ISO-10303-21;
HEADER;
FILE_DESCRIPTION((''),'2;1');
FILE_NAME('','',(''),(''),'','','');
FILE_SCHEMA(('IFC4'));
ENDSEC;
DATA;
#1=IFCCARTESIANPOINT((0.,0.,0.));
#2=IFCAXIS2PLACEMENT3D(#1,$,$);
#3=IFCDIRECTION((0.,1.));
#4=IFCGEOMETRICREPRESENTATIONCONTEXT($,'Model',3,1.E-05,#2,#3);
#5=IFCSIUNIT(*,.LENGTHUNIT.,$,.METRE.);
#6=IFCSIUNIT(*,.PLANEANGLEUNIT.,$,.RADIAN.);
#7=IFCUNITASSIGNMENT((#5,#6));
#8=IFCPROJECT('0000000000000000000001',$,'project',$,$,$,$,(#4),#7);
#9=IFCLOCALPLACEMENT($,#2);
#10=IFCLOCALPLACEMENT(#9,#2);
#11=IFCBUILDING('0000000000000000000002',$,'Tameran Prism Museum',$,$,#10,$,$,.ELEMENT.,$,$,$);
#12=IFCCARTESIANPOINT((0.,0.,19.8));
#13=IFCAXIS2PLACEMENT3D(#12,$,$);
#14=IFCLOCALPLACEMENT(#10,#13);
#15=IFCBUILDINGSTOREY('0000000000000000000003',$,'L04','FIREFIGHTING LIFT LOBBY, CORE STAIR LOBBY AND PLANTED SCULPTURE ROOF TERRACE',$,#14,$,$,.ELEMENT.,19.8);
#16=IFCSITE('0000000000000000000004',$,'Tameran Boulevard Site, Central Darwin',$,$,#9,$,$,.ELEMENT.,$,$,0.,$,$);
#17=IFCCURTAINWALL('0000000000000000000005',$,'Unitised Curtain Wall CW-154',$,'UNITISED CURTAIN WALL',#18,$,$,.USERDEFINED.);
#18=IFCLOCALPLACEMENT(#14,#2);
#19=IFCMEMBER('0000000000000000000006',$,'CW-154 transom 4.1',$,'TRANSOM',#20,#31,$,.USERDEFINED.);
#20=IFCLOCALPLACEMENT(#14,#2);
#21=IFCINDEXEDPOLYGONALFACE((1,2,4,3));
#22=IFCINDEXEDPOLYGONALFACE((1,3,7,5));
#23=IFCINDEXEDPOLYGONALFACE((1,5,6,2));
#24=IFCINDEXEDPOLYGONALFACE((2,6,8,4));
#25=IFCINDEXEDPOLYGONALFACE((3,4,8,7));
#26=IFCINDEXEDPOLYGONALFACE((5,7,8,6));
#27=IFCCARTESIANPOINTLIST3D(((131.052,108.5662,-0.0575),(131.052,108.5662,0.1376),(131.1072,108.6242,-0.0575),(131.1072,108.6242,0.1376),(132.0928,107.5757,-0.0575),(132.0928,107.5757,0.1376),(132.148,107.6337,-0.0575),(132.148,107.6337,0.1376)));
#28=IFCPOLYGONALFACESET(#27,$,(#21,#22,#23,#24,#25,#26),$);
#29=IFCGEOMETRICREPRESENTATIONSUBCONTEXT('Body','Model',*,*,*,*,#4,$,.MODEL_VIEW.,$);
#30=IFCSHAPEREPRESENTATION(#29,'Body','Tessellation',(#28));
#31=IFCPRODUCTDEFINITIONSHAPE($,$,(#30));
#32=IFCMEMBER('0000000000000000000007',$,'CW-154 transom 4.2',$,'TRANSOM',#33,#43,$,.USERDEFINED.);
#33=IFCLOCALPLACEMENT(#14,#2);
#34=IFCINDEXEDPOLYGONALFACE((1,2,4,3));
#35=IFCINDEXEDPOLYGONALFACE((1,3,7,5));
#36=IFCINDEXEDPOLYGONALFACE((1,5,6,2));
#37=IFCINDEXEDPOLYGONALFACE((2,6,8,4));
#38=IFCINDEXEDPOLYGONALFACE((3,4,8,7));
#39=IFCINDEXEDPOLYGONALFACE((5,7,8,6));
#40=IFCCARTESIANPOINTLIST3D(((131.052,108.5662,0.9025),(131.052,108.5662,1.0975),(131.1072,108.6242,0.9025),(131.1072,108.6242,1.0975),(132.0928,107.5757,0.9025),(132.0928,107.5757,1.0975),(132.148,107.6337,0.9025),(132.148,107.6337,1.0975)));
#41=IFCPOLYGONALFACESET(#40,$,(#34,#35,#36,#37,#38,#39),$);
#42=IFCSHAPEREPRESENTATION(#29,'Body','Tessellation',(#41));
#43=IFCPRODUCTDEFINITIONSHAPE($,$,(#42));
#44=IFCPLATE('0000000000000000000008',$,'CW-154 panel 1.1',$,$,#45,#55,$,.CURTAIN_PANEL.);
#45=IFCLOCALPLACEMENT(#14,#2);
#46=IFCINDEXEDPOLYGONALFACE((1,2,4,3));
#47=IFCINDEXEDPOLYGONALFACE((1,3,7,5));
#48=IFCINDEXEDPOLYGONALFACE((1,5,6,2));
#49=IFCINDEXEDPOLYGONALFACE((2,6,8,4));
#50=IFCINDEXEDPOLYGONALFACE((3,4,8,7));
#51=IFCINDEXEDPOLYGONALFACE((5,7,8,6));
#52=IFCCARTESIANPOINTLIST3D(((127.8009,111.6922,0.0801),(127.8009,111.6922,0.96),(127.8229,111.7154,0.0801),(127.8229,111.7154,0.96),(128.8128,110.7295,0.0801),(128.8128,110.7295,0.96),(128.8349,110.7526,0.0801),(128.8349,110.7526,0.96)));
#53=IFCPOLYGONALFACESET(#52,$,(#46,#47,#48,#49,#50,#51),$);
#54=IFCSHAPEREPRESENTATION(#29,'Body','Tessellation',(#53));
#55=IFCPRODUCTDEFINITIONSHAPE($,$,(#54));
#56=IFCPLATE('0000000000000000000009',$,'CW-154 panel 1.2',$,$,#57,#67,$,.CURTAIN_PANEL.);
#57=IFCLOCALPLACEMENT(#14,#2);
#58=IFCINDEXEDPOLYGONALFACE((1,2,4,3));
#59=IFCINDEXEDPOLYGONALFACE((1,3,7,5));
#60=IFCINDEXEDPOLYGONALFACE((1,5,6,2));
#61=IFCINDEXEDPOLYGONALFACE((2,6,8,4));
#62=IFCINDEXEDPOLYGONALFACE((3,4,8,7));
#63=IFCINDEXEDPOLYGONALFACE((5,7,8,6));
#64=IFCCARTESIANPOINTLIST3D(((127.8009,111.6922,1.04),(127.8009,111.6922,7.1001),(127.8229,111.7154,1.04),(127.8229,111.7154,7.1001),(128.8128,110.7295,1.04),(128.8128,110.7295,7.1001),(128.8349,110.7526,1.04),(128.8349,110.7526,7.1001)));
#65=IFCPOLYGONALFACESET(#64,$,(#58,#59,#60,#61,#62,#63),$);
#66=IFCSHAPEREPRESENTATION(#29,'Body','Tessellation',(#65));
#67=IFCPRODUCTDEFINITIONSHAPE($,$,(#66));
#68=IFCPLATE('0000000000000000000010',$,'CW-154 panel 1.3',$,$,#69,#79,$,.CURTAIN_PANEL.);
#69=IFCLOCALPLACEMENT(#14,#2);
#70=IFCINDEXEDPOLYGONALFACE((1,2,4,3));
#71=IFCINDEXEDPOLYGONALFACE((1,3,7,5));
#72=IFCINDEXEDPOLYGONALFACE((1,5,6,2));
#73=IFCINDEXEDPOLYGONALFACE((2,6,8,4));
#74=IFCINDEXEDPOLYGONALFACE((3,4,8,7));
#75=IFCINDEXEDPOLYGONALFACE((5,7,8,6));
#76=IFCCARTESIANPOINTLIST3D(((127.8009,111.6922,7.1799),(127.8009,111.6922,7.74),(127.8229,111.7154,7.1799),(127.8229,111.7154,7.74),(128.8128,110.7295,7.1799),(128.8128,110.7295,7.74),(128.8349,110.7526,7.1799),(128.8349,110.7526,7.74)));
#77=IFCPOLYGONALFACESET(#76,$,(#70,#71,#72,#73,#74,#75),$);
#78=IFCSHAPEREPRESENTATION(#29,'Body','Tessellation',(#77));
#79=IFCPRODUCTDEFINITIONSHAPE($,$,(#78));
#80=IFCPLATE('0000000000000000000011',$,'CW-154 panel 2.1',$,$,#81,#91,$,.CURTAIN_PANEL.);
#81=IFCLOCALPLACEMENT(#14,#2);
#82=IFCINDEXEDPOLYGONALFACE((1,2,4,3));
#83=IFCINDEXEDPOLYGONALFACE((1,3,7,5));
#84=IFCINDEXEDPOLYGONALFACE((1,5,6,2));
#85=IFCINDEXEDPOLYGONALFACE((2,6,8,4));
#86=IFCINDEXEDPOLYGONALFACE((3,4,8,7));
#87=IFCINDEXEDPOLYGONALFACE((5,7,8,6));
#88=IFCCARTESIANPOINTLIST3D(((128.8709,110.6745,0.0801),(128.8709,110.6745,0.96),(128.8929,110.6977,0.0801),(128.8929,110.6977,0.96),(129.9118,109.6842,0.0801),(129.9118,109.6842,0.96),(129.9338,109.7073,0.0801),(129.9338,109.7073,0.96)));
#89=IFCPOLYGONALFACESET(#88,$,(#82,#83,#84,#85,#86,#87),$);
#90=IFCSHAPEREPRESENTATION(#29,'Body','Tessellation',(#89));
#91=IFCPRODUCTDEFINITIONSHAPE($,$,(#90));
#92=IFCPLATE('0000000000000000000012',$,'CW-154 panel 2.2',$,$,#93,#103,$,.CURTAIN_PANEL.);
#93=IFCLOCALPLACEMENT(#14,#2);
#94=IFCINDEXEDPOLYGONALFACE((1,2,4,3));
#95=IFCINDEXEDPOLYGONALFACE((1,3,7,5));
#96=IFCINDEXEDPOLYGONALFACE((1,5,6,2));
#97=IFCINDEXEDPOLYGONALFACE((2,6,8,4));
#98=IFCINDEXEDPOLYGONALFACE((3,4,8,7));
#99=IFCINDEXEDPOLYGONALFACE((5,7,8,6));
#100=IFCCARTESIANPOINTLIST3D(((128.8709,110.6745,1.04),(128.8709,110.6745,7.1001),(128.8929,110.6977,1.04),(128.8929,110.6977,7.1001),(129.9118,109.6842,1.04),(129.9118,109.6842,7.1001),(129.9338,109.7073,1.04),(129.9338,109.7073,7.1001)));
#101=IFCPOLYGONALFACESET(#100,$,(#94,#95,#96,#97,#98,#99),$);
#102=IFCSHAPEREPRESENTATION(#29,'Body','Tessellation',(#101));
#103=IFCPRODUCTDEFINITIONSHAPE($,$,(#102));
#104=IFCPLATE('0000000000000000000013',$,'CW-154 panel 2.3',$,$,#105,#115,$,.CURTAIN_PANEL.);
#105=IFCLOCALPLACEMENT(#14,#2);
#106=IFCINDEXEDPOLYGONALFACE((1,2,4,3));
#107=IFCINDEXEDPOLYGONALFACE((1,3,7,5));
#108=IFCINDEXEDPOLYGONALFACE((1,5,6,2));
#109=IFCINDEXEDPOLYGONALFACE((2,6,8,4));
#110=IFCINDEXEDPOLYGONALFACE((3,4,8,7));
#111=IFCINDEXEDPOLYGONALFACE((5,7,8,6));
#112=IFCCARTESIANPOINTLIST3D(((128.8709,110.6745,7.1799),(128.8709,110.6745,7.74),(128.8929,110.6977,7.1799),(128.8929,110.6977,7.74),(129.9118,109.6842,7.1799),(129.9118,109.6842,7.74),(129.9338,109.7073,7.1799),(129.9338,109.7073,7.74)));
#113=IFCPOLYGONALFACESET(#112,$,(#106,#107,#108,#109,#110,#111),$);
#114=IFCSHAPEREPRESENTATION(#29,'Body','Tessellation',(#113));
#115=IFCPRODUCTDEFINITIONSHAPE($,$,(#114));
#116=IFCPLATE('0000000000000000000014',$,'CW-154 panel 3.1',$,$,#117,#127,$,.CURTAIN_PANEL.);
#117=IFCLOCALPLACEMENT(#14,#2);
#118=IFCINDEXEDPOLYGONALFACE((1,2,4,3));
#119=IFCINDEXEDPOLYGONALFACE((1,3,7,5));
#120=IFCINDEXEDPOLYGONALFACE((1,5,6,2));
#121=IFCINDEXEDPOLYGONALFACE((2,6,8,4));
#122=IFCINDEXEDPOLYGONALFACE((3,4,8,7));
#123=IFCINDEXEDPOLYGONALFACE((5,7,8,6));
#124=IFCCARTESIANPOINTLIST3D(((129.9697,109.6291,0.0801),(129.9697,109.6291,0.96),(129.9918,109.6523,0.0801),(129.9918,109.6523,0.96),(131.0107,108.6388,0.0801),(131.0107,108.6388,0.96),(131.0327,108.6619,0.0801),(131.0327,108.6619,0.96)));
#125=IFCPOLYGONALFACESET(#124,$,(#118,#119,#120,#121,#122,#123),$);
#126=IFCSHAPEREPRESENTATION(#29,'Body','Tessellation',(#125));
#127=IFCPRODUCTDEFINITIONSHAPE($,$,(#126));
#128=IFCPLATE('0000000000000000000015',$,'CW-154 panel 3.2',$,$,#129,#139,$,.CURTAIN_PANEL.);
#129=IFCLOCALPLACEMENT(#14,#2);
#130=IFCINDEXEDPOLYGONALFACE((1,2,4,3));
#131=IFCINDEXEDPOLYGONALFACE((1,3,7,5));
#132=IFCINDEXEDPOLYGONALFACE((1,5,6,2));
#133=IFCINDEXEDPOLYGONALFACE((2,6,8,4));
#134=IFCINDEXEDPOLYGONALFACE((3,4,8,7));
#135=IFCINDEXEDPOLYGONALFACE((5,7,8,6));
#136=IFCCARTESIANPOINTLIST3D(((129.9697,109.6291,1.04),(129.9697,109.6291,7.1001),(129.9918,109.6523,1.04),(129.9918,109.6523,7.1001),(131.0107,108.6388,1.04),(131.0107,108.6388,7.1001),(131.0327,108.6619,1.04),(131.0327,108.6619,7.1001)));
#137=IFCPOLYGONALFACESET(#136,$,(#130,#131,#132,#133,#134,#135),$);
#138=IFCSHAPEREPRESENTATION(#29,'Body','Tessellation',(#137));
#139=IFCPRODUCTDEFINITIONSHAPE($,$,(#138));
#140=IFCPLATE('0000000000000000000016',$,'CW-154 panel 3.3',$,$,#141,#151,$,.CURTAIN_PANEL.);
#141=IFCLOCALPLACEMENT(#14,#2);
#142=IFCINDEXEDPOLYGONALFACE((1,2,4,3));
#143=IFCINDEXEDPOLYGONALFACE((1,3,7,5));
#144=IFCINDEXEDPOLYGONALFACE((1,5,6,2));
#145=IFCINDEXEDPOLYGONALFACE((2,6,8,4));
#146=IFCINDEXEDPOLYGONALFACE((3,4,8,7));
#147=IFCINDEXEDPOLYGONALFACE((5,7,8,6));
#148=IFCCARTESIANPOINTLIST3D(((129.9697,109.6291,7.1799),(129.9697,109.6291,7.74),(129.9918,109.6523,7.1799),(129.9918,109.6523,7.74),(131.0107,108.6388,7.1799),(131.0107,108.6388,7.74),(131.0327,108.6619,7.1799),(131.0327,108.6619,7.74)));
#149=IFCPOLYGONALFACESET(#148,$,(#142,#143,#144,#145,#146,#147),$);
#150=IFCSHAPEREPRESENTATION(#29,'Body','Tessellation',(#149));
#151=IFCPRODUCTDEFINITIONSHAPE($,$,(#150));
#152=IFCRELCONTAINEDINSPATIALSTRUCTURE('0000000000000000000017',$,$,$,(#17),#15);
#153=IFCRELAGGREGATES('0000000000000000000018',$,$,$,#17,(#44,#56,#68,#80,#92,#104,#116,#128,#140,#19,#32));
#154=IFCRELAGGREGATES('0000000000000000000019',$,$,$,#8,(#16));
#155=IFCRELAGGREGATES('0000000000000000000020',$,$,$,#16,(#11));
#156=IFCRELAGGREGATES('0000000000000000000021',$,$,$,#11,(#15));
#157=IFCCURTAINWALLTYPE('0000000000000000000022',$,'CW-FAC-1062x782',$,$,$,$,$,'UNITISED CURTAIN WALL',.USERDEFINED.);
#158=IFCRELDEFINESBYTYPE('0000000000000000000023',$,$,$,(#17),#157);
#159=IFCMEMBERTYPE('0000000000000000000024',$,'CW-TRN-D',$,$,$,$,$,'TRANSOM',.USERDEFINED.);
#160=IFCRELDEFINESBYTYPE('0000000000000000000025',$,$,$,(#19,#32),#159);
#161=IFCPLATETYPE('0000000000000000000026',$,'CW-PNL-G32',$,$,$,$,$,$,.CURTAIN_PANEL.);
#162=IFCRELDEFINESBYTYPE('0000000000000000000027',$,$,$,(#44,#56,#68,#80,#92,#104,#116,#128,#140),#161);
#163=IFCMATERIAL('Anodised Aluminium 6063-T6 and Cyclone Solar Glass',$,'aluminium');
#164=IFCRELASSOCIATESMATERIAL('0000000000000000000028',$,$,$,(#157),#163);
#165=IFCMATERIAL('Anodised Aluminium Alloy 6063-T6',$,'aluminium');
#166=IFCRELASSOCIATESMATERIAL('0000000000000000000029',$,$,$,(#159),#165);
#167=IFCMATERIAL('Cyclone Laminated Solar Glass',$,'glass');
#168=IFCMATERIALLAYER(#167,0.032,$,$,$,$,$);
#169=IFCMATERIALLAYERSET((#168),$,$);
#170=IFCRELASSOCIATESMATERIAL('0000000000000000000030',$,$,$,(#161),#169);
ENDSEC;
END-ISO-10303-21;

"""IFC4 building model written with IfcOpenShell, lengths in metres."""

from ifc_helpers import new_model, si_unit, direction, frame, origin, origin_2d, place, context, subcontext, project, spatial, rectangle, extrude, material, layer, layer_set, material_profile, profile_set, type_object, element, aggregate, save


model = new_model("IFC4")

# Units and contexts
model_context = context("Model", 3, precision=1e-05, world=origin(), true_north=direction((0.0, 1.0)))
body_context = subcontext(model_context, "Body", "Model", "MODEL_VIEW")
ifc_project = project(units=[si_unit("LENGTHUNIT", "METRE"), si_unit("PLANEANGLEUNIT", "RADIAN")], contexts=[model_context])

# Site, building, storey
site_placement = place(None, origin())
site = spatial("IfcSite", under=ifc_project, at=site_placement, Name="Tameran Boulevard Site, Central Darwin", CompositionType="ELEMENT", RefElevation=0.0)
building_placement = place(site_placement, origin())
building = spatial("IfcBuilding", under=site, at=building_placement, Name="Tameran Prism Museum", CompositionType="ELEMENT")
storey_placement = place(building_placement, frame((0.0, 0.0, 19.8)))
storey = spatial("IfcBuildingStorey", under=building, at=storey_placement, Name="L04", Description="FIREFIGHTING LIFT LOBBY, CORE STAIR LOBBY AND PLANTED SCULPTURE ROOF TERRACE", CompositionType="ELEMENT", Elevation=19.8)

# Curtain wall, members, plates
ifc_material_1 = material(Name="Anodised Aluminium 6063-T6 and Cyclone Solar Glass", Category="aluminium")
curtain_wall_type = type_object("IfcCurtainWallType", Name="CW-FAC-1062x782", ElementType="UNITISED CURTAIN WALL", PredefinedType="USERDEFINED", material=ifc_material_1)
curtain_wall_placement = place(storey_placement, origin())
curtain_wall = element("IfcCurtainWall", 1, at=curtain_wall_placement, inside=storey, type_object=curtain_wall_type, Name="Unitised Curtain Wall CW-154", ObjectType="UNITISED CURTAIN WALL", PredefinedType="USERDEFINED")
ifc_material_2 = material(Name="Anodised Aluminium Alloy 6063-T6", Category="aluminium")
ifc_material_profile_1 = material_profile(ifc_material_2, rectangle(XDim=0.0801, YDim=0.1951, at=origin_2d()))
ifc_profile_set_1 = profile_set([ifc_material_profile_1])
member_type_1 = type_object("IfcMemberType", Name="CW-TRN-D", ElementType="TRANSOM", PredefinedType="USERDEFINED", material=ifc_profile_set_1)
member_1_placement = place(storey_placement, frame((131.0796, 108.5952, 0.04), z_axis=(0.724392, -0.689388, 0.0), x_axis=(0.689388, 0.724392, 0.0)))
member_1 = element("IfcMember", 2, at=member_1_placement, type_object=member_type_1, Name="CW-154 transom 4.1", ObjectType="TRANSOM", PredefinedType="USERDEFINED", context=body_context, shape_type="SweptSolid", body=[
    extrude(rectangle(XDim=0.0801, YDim=0.1951, at=origin_2d()), origin(), (0.0, 0.0, 1.0), 1.4368),
])
member_2_placement = place(storey_placement, frame((131.0796, 108.5952, 1.0), z_axis=(0.724392, -0.689388, 0.0), x_axis=(0.689388, 0.724392, 0.0)))
member_2 = element("IfcMember", 3, at=member_2_placement, type_object=member_type_1, Name="CW-154 transom 4.2", ObjectType="TRANSOM", PredefinedType="USERDEFINED", context=body_context, shape_type="SweptSolid", body=[
    extrude(rectangle(XDim=0.0801, YDim=0.1951, at=origin_2d()), origin(), (0.0, 0.0, 1.0), 1.4368),
])
ifc_material_3 = material(Name="Cyclone Laminated Solar Glass", Category="glass")
ifc_layer = layer(ifc_material_3, 0.032)
ifc_layer_set = layer_set([ifc_layer])
plate_type = type_object("IfcPlateType", Name="CW-PNL-G32", PredefinedType="CURTAIN_PANEL", material=ifc_layer_set)
plate_1_placement = place(storey_placement, frame((128.3179, 111.2224, 0.0801), z_axis=(0.0, 0.0, 1.0), x_axis=(0.724501, -0.689274, 0.0)))
plate_1 = element("IfcPlate", 4, at=plate_1_placement, type_object=plate_type, Name="CW-154 panel 1.1", PredefinedType="CURTAIN_PANEL", context=body_context, shape_type="SweptSolid", body=[
    extrude(rectangle(XDim=1.3967, YDim=0.032, at=origin_2d()), origin(), (0.0, 0.0, 1.0), 0.8799),
])
plate_2_placement = place(storey_placement, frame((128.3179, 111.2224, 1.04), z_axis=(0.0, 0.0, 1.0), x_axis=(0.724501, -0.689274, 0.0)))
plate_2 = element("IfcPlate", 5, at=plate_2_placement, type_object=plate_type, Name="CW-154 panel 1.2", PredefinedType="CURTAIN_PANEL", context=body_context, shape_type="SweptSolid", body=[
    extrude(rectangle(XDim=1.3967, YDim=0.032, at=origin_2d()), origin(), (0.0, 0.0, 1.0), 6.0601),
])
plate_3_placement = place(storey_placement, frame((128.3179, 111.2224, 7.1799), z_axis=(0.0, 0.0, 1.0), x_axis=(0.724501, -0.689274, 0.0)))
plate_3 = element("IfcPlate", 6, at=plate_3_placement, type_object=plate_type, Name="CW-154 panel 1.3", PredefinedType="CURTAIN_PANEL", context=body_context, shape_type="SweptSolid", body=[
    extrude(rectangle(XDim=1.3967, YDim=0.032, at=origin_2d()), origin(), (0.0, 0.0, 1.0), 0.5601),
])
plate_4_placement = place(storey_placement, frame((129.4023, 110.1909, 0.0801), z_axis=(0.0, 0.0, 1.0), x_axis=(0.724501, -0.689274, 0.0)))
plate_4 = element("IfcPlate", 7, at=plate_4_placement, type_object=plate_type, Name="CW-154 panel 2.1", PredefinedType="CURTAIN_PANEL", context=body_context, shape_type="SweptSolid", body=[
    extrude(rectangle(XDim=1.4368, YDim=0.032, at=origin_2d()), origin(), (0.0, 0.0, 1.0), 0.8799),
])
plate_5_placement = place(storey_placement, frame((129.4023, 110.1909, 1.04), z_axis=(0.0, 0.0, 1.0), x_axis=(0.724501, -0.689274, 0.0)))
plate_5 = element("IfcPlate", 8, at=plate_5_placement, type_object=plate_type, Name="CW-154 panel 2.2", PredefinedType="CURTAIN_PANEL", context=body_context, shape_type="SweptSolid", body=[
    extrude(rectangle(XDim=1.4368, YDim=0.032, at=origin_2d()), origin(), (0.0, 0.0, 1.0), 6.0601),
])
plate_6_placement = place(storey_placement, frame((129.4023, 110.1909, 7.1799), z_axis=(0.0, 0.0, 1.0), x_axis=(0.724501, -0.689274, 0.0)))
plate_6 = element("IfcPlate", 9, at=plate_6_placement, type_object=plate_type, Name="CW-154 panel 2.3", PredefinedType="CURTAIN_PANEL", context=body_context, shape_type="SweptSolid", body=[
    extrude(rectangle(XDim=1.4368, YDim=0.032, at=origin_2d()), origin(), (0.0, 0.0, 1.0), 0.5601),
])
plate_7_placement = place(storey_placement, frame((130.5012, 109.1455, 0.0801), z_axis=(0.0, 0.0, 1.0), x_axis=(0.724501, -0.689274, 0.0)))
plate_7 = element("IfcPlate", 10, at=plate_7_placement, type_object=plate_type, Name="CW-154 panel 3.1", PredefinedType="CURTAIN_PANEL", context=body_context, shape_type="SweptSolid", body=[
    extrude(rectangle(XDim=1.4368, YDim=0.032, at=origin_2d()), origin(), (0.0, 0.0, 1.0), 0.8799),
])
plate_8_placement = place(storey_placement, frame((130.5012, 109.1455, 1.04), z_axis=(0.0, 0.0, 1.0), x_axis=(0.724501, -0.689274, 0.0)))
plate_8 = element("IfcPlate", 11, at=plate_8_placement, type_object=plate_type, Name="CW-154 panel 3.2", PredefinedType="CURTAIN_PANEL", context=body_context, shape_type="SweptSolid", body=[
    extrude(rectangle(XDim=1.4368, YDim=0.032, at=origin_2d()), origin(), (0.0, 0.0, 1.0), 6.0601),
])
plate_9_placement = place(storey_placement, frame((130.5012, 109.1455, 7.1799), z_axis=(0.0, 0.0, 1.0), x_axis=(0.724501, -0.689274, 0.0)))
plate_9 = element("IfcPlate", 12, at=plate_9_placement, type_object=plate_type, Name="CW-154 panel 3.3", PredefinedType="CURTAIN_PANEL", context=body_context, shape_type="SweptSolid", body=[
    extrude(rectangle(XDim=1.4368, YDim=0.032, at=origin_2d()), origin(), (0.0, 0.0, 1.0), 0.5601),
])
aggregate(curtain_wall, [plate_1, plate_2, plate_3, plate_4, plate_5, plate_6, plate_7, plate_8, plate_9, member_1, member_2])

save(model, "model.ifc")
